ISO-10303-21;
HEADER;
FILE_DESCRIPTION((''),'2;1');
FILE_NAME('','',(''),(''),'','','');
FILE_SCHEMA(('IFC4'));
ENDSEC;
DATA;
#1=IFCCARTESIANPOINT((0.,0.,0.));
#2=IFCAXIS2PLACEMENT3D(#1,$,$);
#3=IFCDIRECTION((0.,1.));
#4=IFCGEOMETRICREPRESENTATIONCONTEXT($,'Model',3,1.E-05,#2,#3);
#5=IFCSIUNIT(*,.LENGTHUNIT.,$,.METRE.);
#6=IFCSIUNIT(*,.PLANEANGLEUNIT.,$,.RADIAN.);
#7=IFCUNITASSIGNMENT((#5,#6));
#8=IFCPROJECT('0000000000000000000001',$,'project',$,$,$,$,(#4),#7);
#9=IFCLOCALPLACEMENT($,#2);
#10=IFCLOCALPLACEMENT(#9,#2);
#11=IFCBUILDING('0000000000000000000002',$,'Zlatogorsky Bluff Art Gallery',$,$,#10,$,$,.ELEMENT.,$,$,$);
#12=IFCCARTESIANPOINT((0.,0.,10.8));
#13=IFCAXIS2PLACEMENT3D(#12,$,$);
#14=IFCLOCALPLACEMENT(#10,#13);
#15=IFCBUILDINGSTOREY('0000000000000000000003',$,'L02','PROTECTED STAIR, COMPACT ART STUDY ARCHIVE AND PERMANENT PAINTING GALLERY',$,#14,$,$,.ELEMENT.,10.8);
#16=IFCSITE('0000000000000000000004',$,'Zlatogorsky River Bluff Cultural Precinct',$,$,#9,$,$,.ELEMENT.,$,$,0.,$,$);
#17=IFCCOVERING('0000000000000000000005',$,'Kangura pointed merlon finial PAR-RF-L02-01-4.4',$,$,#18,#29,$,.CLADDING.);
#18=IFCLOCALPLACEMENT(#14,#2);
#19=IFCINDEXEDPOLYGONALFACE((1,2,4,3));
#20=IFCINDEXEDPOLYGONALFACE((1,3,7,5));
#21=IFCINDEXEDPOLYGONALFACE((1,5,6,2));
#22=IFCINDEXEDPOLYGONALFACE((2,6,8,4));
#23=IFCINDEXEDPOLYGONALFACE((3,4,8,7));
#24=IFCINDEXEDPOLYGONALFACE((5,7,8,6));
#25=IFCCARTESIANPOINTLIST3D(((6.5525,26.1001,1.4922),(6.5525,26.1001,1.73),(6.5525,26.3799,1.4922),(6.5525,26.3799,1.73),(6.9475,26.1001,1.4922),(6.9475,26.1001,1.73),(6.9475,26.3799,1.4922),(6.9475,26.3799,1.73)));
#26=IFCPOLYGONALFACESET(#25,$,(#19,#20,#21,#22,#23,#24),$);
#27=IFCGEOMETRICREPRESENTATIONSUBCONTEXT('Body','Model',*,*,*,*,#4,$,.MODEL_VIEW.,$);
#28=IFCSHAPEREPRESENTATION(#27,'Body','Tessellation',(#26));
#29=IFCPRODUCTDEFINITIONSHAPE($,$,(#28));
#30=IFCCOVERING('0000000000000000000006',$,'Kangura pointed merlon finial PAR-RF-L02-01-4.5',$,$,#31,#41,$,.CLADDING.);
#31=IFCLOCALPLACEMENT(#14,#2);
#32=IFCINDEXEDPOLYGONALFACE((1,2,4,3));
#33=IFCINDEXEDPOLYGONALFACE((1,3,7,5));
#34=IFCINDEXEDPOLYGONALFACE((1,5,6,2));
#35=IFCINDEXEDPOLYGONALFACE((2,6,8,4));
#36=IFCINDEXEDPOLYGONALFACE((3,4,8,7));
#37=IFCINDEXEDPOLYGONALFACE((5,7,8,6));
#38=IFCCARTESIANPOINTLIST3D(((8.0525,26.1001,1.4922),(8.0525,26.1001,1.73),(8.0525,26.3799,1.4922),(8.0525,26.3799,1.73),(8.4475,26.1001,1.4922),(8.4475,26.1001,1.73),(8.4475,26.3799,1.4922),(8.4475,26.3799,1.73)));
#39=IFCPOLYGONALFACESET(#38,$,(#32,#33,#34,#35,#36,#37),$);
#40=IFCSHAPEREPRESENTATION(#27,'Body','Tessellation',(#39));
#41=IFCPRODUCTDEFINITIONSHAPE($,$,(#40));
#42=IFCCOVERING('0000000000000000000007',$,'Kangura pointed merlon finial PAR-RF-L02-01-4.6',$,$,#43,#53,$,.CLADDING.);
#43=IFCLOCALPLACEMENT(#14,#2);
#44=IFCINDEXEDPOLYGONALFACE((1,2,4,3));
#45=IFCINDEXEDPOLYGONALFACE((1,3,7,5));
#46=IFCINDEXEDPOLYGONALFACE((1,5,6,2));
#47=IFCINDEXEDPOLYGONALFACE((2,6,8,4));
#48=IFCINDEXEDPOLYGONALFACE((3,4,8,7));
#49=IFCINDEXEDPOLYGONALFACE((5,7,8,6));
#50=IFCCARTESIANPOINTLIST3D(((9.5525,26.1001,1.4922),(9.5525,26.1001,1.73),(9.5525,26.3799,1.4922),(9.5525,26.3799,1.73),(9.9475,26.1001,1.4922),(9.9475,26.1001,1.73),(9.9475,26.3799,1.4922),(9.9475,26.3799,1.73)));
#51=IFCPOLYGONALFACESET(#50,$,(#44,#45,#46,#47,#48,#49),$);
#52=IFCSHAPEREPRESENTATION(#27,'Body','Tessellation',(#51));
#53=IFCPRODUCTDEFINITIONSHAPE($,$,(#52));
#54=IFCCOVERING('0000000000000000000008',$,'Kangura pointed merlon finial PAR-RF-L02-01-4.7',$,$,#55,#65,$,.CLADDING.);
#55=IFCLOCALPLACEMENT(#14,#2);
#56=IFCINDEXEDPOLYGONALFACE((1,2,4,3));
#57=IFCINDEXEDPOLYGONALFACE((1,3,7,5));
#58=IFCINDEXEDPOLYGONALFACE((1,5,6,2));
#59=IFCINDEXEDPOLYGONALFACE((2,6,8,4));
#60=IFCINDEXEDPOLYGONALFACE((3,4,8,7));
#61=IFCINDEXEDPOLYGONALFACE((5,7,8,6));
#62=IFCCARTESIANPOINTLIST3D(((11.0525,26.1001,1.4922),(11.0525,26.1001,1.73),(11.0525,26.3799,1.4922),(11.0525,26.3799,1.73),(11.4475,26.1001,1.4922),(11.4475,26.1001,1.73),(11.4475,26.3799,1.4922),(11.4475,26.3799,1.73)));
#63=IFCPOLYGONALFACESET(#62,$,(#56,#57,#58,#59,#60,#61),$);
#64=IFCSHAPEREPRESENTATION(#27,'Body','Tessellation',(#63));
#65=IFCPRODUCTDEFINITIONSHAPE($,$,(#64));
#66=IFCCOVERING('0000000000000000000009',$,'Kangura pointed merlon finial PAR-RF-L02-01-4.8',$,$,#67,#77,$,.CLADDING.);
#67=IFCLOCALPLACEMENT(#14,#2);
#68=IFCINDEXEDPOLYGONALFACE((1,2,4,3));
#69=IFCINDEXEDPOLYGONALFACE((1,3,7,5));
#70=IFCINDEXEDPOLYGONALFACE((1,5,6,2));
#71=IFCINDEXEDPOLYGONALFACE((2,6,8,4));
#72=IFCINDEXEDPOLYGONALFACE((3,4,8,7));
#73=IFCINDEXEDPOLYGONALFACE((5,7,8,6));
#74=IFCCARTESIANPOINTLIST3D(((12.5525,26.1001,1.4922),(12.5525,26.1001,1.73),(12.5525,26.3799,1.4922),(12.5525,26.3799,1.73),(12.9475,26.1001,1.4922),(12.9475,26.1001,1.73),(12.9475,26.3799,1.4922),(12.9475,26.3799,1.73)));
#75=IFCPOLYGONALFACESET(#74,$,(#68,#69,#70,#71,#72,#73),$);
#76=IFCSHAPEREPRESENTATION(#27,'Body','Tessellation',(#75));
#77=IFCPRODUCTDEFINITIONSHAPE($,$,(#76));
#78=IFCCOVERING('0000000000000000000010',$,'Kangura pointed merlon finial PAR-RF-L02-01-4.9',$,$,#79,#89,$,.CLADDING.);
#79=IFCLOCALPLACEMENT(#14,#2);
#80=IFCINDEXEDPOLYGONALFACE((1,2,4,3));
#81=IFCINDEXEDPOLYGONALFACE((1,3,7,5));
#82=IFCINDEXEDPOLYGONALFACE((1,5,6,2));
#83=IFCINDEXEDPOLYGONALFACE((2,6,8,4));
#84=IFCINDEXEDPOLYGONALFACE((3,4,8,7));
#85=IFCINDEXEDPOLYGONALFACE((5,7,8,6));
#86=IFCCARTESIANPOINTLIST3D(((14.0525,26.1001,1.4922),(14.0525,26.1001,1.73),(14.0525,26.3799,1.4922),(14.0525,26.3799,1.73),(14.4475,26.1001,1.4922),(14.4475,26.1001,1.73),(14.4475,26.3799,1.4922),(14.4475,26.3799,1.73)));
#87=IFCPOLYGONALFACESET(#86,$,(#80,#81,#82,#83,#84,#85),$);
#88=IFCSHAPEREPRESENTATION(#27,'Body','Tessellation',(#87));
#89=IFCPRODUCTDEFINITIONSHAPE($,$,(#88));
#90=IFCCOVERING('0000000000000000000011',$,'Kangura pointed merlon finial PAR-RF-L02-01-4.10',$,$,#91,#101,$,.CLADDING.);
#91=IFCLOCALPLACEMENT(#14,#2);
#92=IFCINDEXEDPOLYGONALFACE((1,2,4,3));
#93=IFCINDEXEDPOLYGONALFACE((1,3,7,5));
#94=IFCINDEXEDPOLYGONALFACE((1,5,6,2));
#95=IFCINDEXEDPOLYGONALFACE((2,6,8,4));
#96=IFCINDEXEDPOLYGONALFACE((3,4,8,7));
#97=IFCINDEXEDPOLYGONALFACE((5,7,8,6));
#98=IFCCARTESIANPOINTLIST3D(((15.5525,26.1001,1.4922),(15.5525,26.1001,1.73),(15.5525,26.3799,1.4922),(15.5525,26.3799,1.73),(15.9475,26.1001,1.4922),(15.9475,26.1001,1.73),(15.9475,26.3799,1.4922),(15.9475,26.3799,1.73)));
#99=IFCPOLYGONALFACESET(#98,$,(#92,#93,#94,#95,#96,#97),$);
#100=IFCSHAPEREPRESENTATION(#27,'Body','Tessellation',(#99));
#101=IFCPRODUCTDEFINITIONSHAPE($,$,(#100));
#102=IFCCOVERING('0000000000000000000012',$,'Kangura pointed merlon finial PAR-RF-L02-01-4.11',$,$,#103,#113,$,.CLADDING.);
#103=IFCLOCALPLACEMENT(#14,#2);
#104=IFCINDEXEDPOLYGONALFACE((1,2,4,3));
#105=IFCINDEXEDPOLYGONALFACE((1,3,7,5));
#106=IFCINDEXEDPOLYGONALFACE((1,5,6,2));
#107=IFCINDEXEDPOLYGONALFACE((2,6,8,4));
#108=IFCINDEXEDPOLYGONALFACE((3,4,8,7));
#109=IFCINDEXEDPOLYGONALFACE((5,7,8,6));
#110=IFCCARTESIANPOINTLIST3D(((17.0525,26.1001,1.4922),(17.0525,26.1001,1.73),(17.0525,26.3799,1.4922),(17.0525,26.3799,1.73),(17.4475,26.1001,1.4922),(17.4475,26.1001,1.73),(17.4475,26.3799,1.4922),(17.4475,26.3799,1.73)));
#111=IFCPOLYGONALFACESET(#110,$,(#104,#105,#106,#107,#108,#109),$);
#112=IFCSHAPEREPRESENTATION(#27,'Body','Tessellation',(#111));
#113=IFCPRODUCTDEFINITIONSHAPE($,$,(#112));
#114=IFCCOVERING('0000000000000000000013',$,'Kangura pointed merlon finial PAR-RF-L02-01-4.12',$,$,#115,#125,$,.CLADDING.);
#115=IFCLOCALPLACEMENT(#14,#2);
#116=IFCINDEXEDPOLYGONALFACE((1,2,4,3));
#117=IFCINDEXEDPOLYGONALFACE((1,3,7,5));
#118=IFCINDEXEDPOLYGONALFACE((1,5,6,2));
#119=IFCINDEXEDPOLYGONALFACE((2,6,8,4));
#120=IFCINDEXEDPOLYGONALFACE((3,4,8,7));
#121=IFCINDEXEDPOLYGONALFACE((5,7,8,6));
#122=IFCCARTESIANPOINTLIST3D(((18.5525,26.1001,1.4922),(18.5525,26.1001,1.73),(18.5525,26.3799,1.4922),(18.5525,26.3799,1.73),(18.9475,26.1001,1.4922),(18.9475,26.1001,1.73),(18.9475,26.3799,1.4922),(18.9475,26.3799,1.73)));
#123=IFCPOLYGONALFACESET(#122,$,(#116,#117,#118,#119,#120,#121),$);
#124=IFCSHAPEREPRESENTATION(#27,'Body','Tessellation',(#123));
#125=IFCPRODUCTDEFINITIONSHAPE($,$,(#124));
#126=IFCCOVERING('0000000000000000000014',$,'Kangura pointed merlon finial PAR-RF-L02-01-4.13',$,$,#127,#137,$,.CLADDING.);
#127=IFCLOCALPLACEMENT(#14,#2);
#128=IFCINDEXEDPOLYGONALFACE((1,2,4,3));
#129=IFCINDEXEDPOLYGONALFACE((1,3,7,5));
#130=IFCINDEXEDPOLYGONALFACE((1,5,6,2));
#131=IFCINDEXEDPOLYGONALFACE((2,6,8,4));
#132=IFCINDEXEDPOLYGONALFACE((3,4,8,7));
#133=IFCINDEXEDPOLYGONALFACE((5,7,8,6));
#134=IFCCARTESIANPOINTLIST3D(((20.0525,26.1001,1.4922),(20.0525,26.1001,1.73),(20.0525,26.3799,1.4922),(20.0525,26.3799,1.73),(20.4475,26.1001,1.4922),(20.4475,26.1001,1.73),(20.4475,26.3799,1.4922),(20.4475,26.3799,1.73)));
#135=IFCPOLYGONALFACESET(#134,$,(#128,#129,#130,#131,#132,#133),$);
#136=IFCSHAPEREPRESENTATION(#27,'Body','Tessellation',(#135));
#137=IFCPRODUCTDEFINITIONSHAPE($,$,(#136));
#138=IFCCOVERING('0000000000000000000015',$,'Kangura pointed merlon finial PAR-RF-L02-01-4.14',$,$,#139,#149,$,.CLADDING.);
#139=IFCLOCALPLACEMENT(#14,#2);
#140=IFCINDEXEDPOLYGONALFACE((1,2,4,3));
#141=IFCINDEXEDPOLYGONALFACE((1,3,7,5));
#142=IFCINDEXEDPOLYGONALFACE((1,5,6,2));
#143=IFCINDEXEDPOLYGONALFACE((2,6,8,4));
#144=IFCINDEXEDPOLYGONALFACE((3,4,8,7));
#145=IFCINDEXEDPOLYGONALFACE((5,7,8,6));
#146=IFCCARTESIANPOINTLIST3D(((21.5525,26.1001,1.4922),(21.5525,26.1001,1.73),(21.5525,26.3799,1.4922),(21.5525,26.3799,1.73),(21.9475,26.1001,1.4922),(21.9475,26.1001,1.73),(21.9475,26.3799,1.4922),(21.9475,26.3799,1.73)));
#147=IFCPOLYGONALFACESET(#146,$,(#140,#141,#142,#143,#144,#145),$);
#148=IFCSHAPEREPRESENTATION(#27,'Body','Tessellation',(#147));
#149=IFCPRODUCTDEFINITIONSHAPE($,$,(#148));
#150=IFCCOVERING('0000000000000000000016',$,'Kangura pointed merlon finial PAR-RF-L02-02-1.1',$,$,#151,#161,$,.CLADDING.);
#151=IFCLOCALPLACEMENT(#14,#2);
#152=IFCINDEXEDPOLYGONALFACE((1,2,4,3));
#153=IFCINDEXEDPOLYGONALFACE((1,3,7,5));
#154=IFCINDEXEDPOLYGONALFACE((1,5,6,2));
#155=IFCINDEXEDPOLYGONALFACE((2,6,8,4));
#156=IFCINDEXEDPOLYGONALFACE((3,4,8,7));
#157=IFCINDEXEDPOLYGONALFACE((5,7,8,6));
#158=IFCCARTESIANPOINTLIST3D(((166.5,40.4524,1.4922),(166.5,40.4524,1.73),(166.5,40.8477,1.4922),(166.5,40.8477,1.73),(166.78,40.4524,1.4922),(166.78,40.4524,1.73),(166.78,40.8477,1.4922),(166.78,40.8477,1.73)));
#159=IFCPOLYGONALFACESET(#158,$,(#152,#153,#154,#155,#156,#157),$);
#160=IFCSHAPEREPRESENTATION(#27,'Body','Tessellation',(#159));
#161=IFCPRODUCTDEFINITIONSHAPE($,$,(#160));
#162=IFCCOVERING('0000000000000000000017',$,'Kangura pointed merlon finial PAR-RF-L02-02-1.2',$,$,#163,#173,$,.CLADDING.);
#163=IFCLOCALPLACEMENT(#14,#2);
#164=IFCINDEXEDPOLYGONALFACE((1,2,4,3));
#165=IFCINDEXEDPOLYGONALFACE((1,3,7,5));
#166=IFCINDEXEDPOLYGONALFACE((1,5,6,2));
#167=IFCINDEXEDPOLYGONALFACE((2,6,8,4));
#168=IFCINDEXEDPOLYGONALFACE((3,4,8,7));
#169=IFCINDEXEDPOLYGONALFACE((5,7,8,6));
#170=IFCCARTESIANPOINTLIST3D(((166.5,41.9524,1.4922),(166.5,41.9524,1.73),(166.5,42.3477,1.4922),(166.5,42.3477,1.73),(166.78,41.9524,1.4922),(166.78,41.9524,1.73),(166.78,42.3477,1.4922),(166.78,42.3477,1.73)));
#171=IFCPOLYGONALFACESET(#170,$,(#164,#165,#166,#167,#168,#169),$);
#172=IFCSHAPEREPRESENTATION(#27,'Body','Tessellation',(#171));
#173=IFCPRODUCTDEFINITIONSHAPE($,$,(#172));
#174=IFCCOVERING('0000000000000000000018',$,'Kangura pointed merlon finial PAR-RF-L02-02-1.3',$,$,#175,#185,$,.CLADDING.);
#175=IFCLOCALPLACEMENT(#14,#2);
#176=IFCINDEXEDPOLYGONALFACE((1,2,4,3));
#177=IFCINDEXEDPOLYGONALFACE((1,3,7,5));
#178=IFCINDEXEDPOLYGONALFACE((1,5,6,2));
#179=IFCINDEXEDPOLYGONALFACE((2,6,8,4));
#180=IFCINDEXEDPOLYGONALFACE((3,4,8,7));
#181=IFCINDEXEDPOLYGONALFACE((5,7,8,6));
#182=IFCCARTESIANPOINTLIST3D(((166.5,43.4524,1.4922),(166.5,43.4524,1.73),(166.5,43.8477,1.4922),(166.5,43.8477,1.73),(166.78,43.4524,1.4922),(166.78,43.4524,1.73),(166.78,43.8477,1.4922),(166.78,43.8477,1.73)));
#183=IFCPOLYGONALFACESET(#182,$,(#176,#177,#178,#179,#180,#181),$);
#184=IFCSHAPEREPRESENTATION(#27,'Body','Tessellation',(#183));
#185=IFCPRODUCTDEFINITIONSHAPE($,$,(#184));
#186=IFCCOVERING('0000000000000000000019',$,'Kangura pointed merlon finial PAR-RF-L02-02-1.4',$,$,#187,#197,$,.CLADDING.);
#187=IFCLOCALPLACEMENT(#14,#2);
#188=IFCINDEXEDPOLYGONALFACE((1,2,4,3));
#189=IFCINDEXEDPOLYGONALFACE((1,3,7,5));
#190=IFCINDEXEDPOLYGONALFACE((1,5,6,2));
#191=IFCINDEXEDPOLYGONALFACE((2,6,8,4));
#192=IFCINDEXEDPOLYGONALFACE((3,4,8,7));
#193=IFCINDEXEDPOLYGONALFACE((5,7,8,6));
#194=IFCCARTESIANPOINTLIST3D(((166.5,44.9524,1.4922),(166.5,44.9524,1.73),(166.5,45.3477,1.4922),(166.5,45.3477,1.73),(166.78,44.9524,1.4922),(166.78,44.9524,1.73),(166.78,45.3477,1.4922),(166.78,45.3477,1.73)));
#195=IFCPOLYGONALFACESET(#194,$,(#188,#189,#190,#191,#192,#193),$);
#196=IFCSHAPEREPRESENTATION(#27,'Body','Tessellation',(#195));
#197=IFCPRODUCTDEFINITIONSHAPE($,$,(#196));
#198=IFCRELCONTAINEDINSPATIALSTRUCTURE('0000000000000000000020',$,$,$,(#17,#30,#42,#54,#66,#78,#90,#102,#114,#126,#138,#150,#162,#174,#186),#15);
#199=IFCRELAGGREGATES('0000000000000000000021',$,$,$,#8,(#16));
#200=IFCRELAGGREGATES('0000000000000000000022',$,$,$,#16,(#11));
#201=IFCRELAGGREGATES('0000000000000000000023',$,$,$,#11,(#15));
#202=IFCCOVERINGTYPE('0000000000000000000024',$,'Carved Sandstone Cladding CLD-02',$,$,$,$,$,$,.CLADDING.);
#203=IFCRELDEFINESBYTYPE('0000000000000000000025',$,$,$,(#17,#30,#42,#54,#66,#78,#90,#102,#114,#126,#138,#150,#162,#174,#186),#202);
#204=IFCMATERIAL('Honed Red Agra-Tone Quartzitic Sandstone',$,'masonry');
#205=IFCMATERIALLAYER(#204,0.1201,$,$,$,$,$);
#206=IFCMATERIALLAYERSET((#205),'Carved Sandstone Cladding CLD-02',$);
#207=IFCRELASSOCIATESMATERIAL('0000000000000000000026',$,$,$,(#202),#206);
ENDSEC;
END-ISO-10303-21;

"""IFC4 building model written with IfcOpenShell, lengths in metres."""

from ifc_helpers import new_model, si_unit, direction, frame, origin, place, context, subcontext, project, spatial, polyline, outline, extrude, material, layer, layer_set, type_object, element, save


model = new_model("IFC4")

# Units and contexts
model_context = context("Model", 3, precision=1e-05, world=origin(), true_north=direction((0.0, 1.0)))
body_context = subcontext(model_context, "Body", "Model", "MODEL_VIEW")
ifc_project = project(units=[si_unit("LENGTHUNIT", "METRE"), si_unit("PLANEANGLEUNIT", "RADIAN")], contexts=[model_context])

# Site, building, storey
site_placement = place(None, origin())
site = spatial("IfcSite", under=ifc_project, at=site_placement, Name="Zlatogorsky River Bluff Cultural Precinct", CompositionType="ELEMENT", RefElevation=0.0)
building_placement = place(site_placement, origin())
building = spatial("IfcBuilding", under=site, at=building_placement, Name="Zlatogorsky Bluff Art Gallery", CompositionType="ELEMENT")
storey_placement = place(building_placement, frame((0.0, 0.0, 10.8)))
storey = spatial("IfcBuildingStorey", under=building, at=storey_placement, Name="L02", Description="PROTECTED STAIR, COMPACT ART STUDY ARCHIVE AND PERMANENT PAINTING GALLERY", CompositionType="ELEMENT", Elevation=10.8)

# Coverings
ifc_material = material(Name="Honed Red Agra-Tone Quartzitic Sandstone", Category="masonry")
ifc_layer = layer(ifc_material, 0.1201)
ifc_layer_set = layer_set([ifc_layer], Name="Carved Sandstone Cladding CLD-02")
covering_type = type_object("IfcCoveringType", Name="Carved Sandstone Cladding CLD-02", PredefinedType="CLADDING", material=ifc_layer_set)
covering_1_placement = place(storey_placement, frame((0.0, 0.0, 1.4922)))
element("IfcCovering", 1, at=covering_1_placement, inside=storey, type_object=covering_type, Name="Kangura pointed merlon finial PAR-RF-L02-01-4.4", PredefinedType="CLADDING", context=body_context, shape_type="SweptSolid", body=[
    extrude(outline(polyline([(6.5525, 26.1001), (6.9475, 26.1001), (6.9475, 26.3799), (6.5525, 26.3799), (6.5525, 26.1001)])), origin(), (0.0, 0.0, 1.0), 0.2378),
])
covering_2_placement = place(storey_placement, frame((0.0, 0.0, 1.4922)))
element("IfcCovering", 2, at=covering_2_placement, inside=storey, type_object=covering_type, Name="Kangura pointed merlon finial PAR-RF-L02-01-4.5", PredefinedType="CLADDING", context=body_context, shape_type="SweptSolid", body=[
    extrude(outline(polyline([(8.0525, 26.1001), (8.4475, 26.1001), (8.4475, 26.3799), (8.0525, 26.3799), (8.0525, 26.1001)])), origin(), (0.0, 0.0, 1.0), 0.2378),
])
covering_3_placement = place(storey_placement, frame((0.0, 0.0, 1.4922)))
element("IfcCovering", 3, at=covering_3_placement, inside=storey, type_object=covering_type, Name="Kangura pointed merlon finial PAR-RF-L02-01-4.6", PredefinedType="CLADDING", context=body_context, shape_type="SweptSolid", body=[
    extrude(outline(polyline([(9.5525, 26.1001), (9.9475, 26.1001), (9.9475, 26.3799), (9.5525, 26.3799), (9.5525, 26.1001)])), origin(), (0.0, 0.0, 1.0), 0.2378),
])
covering_4_placement = place(storey_placement, frame((0.0, 0.0, 1.4922)))
element("IfcCovering", 4, at=covering_4_placement, inside=storey, type_object=covering_type, Name="Kangura pointed merlon finial PAR-RF-L02-01-4.7", PredefinedType="CLADDING", context=body_context, shape_type="SweptSolid", body=[
    extrude(outline(polyline([(11.0525, 26.1001), (11.4475, 26.1001), (11.4475, 26.3799), (11.0525, 26.3799), (11.0525, 26.1001)])), origin(), (0.0, 0.0, 1.0), 0.2378),
])
covering_5_placement = place(storey_placement, frame((0.0, 0.0, 1.4922)))
element("IfcCovering", 5, at=covering_5_placement, inside=storey, type_object=covering_type, Name="Kangura pointed merlon finial PAR-RF-L02-01-4.8", PredefinedType="CLADDING", context=body_context, shape_type="SweptSolid", body=[
    extrude(outline(polyline([(12.5525, 26.1001), (12.9475, 26.1001), (12.9475, 26.3799), (12.5525, 26.3799), (12.5525, 26.1001)])), origin(), (0.0, 0.0, 1.0), 0.2378),
])
covering_6_placement = place(storey_placement, frame((0.0, 0.0, 1.4922)))
element("IfcCovering", 6, at=covering_6_placement, inside=storey, type_object=covering_type, Name="Kangura pointed merlon finial PAR-RF-L02-01-4.9", PredefinedType="CLADDING", context=body_context, shape_type="SweptSolid", body=[
    extrude(outline(polyline([(14.0525, 26.1001), (14.4475, 26.1001), (14.4475, 26.3799), (14.0525, 26.3799), (14.0525, 26.1001)])), origin(), (0.0, 0.0, 1.0), 0.2378),
])
covering_7_placement = place(storey_placement, frame((0.0, 0.0, 1.4922)))
element("IfcCovering", 7, at=covering_7_placement, inside=storey, type_object=covering_type, Name="Kangura pointed merlon finial PAR-RF-L02-01-4.10", PredefinedType="CLADDING", context=body_context, shape_type="SweptSolid", body=[
    extrude(outline(polyline([(15.5525, 26.1001), (15.9475, 26.1001), (15.9475, 26.3799), (15.5525, 26.3799), (15.5525, 26.1001)])), origin(), (0.0, 0.0, 1.0), 0.2378),
])
covering_8_placement = place(storey_placement, frame((0.0, 0.0, 1.4922)))
element("IfcCovering", 8, at=covering_8_placement, inside=storey, type_object=covering_type, Name="Kangura pointed merlon finial PAR-RF-L02-01-4.11", PredefinedType="CLADDING", context=body_context, shape_type="SweptSolid", body=[
    extrude(outline(polyline([(17.0525, 26.1001), (17.4475, 26.1001), (17.4475, 26.3799), (17.0525, 26.3799), (17.0525, 26.1001)])), origin(), (0.0, 0.0, 1.0), 0.2378),
])
covering_9_placement = place(storey_placement, frame((0.0, 0.0, 1.4922)))
element("IfcCovering", 9, at=covering_9_placement, inside=storey, type_object=covering_type, Name="Kangura pointed merlon finial PAR-RF-L02-01-4.12", PredefinedType="CLADDING", context=body_context, shape_type="SweptSolid", body=[
    extrude(outline(polyline([(18.5525, 26.1001), (18.9475, 26.1001), (18.9475, 26.3799), (18.5525, 26.3799), (18.5525, 26.1001)])), origin(), (0.0, 0.0, 1.0), 0.2378),
])
covering_10_placement = place(storey_placement, frame((0.0, 0.0, 1.4922)))
element("IfcCovering", 10, at=covering_10_placement, inside=storey, type_object=covering_type, Name="Kangura pointed merlon finial PAR-RF-L02-01-4.13", PredefinedType="CLADDING", context=body_context, shape_type="SweptSolid", body=[
    extrude(outline(polyline([(20.0525, 26.1001), (20.4475, 26.1001), (20.4475, 26.3799), (20.0525, 26.3799), (20.0525, 26.1001)])), origin(), (0.0, 0.0, 1.0), 0.2378),
])
covering_11_placement = place(storey_placement, frame((0.0, 0.0, 1.4922)))
element("IfcCovering", 11, at=covering_11_placement, inside=storey, type_object=covering_type, Name="Kangura pointed merlon finial PAR-RF-L02-01-4.14", PredefinedType="CLADDING", context=body_context, shape_type="SweptSolid", body=[
    extrude(outline(polyline([(21.5525, 26.1001), (21.9475, 26.1001), (21.9475, 26.3799), (21.5525, 26.3799), (21.5525, 26.1001)])), origin(), (0.0, 0.0, 1.0), 0.2378),
])
covering_12_placement = place(storey_placement, frame((0.0, 0.0, 1.4922)))
element("IfcCovering", 12, at=covering_12_placement, inside=storey, type_object=covering_type, Name="Kangura pointed merlon finial PAR-RF-L02-02-1.1", PredefinedType="CLADDING", context=body_context, shape_type="SweptSolid", body=[
    extrude(outline(polyline([(166.5, 40.4524), (166.5, 40.8477), (166.78, 40.8477), (166.78, 40.4524), (166.5, 40.4524)])), origin(), (0.0, 0.0, 1.0), 0.2378),
])
covering_13_placement = place(storey_placement, frame((0.0, 0.0, 1.4922)))
element("IfcCovering", 13, at=covering_13_placement, inside=storey, type_object=covering_type, Name="Kangura pointed merlon finial PAR-RF-L02-02-1.2", PredefinedType="CLADDING", context=body_context, shape_type="SweptSolid", body=[
    extrude(outline(polyline([(166.5, 41.9524), (166.5, 42.3477), (166.78, 42.3477), (166.78, 41.9524), (166.5, 41.9524)])), origin(), (0.0, 0.0, 1.0), 0.2378),
])
covering_14_placement = place(storey_placement, frame((0.0, 0.0, 1.4922)))
element("IfcCovering", 14, at=covering_14_placement, inside=storey, type_object=covering_type, Name="Kangura pointed merlon finial PAR-RF-L02-02-1.3", PredefinedType="CLADDING", context=body_context, shape_type="SweptSolid", body=[
    extrude(outline(polyline([(166.5, 43.4524), (166.5, 43.8477), (166.78, 43.8477), (166.78, 43.4524), (166.5, 43.4524)])), origin(), (0.0, 0.0, 1.0), 0.2378),
])
covering_15_placement = place(storey_placement, frame((0.0, 0.0, 1.4922)))
element("IfcCovering", 15, at=covering_15_placement, inside=storey, type_object=covering_type, Name="Kangura pointed merlon finial PAR-RF-L02-02-1.4", PredefinedType="CLADDING", context=body_context, shape_type="SweptSolid", body=[
    extrude(outline(polyline([(166.5, 44.9524), (166.5, 45.3477), (166.78, 45.3477), (166.78, 44.9524), (166.5, 44.9524)])), origin(), (0.0, 0.0, 1.0), 0.2378),
])

save(model, "model.ifc")
